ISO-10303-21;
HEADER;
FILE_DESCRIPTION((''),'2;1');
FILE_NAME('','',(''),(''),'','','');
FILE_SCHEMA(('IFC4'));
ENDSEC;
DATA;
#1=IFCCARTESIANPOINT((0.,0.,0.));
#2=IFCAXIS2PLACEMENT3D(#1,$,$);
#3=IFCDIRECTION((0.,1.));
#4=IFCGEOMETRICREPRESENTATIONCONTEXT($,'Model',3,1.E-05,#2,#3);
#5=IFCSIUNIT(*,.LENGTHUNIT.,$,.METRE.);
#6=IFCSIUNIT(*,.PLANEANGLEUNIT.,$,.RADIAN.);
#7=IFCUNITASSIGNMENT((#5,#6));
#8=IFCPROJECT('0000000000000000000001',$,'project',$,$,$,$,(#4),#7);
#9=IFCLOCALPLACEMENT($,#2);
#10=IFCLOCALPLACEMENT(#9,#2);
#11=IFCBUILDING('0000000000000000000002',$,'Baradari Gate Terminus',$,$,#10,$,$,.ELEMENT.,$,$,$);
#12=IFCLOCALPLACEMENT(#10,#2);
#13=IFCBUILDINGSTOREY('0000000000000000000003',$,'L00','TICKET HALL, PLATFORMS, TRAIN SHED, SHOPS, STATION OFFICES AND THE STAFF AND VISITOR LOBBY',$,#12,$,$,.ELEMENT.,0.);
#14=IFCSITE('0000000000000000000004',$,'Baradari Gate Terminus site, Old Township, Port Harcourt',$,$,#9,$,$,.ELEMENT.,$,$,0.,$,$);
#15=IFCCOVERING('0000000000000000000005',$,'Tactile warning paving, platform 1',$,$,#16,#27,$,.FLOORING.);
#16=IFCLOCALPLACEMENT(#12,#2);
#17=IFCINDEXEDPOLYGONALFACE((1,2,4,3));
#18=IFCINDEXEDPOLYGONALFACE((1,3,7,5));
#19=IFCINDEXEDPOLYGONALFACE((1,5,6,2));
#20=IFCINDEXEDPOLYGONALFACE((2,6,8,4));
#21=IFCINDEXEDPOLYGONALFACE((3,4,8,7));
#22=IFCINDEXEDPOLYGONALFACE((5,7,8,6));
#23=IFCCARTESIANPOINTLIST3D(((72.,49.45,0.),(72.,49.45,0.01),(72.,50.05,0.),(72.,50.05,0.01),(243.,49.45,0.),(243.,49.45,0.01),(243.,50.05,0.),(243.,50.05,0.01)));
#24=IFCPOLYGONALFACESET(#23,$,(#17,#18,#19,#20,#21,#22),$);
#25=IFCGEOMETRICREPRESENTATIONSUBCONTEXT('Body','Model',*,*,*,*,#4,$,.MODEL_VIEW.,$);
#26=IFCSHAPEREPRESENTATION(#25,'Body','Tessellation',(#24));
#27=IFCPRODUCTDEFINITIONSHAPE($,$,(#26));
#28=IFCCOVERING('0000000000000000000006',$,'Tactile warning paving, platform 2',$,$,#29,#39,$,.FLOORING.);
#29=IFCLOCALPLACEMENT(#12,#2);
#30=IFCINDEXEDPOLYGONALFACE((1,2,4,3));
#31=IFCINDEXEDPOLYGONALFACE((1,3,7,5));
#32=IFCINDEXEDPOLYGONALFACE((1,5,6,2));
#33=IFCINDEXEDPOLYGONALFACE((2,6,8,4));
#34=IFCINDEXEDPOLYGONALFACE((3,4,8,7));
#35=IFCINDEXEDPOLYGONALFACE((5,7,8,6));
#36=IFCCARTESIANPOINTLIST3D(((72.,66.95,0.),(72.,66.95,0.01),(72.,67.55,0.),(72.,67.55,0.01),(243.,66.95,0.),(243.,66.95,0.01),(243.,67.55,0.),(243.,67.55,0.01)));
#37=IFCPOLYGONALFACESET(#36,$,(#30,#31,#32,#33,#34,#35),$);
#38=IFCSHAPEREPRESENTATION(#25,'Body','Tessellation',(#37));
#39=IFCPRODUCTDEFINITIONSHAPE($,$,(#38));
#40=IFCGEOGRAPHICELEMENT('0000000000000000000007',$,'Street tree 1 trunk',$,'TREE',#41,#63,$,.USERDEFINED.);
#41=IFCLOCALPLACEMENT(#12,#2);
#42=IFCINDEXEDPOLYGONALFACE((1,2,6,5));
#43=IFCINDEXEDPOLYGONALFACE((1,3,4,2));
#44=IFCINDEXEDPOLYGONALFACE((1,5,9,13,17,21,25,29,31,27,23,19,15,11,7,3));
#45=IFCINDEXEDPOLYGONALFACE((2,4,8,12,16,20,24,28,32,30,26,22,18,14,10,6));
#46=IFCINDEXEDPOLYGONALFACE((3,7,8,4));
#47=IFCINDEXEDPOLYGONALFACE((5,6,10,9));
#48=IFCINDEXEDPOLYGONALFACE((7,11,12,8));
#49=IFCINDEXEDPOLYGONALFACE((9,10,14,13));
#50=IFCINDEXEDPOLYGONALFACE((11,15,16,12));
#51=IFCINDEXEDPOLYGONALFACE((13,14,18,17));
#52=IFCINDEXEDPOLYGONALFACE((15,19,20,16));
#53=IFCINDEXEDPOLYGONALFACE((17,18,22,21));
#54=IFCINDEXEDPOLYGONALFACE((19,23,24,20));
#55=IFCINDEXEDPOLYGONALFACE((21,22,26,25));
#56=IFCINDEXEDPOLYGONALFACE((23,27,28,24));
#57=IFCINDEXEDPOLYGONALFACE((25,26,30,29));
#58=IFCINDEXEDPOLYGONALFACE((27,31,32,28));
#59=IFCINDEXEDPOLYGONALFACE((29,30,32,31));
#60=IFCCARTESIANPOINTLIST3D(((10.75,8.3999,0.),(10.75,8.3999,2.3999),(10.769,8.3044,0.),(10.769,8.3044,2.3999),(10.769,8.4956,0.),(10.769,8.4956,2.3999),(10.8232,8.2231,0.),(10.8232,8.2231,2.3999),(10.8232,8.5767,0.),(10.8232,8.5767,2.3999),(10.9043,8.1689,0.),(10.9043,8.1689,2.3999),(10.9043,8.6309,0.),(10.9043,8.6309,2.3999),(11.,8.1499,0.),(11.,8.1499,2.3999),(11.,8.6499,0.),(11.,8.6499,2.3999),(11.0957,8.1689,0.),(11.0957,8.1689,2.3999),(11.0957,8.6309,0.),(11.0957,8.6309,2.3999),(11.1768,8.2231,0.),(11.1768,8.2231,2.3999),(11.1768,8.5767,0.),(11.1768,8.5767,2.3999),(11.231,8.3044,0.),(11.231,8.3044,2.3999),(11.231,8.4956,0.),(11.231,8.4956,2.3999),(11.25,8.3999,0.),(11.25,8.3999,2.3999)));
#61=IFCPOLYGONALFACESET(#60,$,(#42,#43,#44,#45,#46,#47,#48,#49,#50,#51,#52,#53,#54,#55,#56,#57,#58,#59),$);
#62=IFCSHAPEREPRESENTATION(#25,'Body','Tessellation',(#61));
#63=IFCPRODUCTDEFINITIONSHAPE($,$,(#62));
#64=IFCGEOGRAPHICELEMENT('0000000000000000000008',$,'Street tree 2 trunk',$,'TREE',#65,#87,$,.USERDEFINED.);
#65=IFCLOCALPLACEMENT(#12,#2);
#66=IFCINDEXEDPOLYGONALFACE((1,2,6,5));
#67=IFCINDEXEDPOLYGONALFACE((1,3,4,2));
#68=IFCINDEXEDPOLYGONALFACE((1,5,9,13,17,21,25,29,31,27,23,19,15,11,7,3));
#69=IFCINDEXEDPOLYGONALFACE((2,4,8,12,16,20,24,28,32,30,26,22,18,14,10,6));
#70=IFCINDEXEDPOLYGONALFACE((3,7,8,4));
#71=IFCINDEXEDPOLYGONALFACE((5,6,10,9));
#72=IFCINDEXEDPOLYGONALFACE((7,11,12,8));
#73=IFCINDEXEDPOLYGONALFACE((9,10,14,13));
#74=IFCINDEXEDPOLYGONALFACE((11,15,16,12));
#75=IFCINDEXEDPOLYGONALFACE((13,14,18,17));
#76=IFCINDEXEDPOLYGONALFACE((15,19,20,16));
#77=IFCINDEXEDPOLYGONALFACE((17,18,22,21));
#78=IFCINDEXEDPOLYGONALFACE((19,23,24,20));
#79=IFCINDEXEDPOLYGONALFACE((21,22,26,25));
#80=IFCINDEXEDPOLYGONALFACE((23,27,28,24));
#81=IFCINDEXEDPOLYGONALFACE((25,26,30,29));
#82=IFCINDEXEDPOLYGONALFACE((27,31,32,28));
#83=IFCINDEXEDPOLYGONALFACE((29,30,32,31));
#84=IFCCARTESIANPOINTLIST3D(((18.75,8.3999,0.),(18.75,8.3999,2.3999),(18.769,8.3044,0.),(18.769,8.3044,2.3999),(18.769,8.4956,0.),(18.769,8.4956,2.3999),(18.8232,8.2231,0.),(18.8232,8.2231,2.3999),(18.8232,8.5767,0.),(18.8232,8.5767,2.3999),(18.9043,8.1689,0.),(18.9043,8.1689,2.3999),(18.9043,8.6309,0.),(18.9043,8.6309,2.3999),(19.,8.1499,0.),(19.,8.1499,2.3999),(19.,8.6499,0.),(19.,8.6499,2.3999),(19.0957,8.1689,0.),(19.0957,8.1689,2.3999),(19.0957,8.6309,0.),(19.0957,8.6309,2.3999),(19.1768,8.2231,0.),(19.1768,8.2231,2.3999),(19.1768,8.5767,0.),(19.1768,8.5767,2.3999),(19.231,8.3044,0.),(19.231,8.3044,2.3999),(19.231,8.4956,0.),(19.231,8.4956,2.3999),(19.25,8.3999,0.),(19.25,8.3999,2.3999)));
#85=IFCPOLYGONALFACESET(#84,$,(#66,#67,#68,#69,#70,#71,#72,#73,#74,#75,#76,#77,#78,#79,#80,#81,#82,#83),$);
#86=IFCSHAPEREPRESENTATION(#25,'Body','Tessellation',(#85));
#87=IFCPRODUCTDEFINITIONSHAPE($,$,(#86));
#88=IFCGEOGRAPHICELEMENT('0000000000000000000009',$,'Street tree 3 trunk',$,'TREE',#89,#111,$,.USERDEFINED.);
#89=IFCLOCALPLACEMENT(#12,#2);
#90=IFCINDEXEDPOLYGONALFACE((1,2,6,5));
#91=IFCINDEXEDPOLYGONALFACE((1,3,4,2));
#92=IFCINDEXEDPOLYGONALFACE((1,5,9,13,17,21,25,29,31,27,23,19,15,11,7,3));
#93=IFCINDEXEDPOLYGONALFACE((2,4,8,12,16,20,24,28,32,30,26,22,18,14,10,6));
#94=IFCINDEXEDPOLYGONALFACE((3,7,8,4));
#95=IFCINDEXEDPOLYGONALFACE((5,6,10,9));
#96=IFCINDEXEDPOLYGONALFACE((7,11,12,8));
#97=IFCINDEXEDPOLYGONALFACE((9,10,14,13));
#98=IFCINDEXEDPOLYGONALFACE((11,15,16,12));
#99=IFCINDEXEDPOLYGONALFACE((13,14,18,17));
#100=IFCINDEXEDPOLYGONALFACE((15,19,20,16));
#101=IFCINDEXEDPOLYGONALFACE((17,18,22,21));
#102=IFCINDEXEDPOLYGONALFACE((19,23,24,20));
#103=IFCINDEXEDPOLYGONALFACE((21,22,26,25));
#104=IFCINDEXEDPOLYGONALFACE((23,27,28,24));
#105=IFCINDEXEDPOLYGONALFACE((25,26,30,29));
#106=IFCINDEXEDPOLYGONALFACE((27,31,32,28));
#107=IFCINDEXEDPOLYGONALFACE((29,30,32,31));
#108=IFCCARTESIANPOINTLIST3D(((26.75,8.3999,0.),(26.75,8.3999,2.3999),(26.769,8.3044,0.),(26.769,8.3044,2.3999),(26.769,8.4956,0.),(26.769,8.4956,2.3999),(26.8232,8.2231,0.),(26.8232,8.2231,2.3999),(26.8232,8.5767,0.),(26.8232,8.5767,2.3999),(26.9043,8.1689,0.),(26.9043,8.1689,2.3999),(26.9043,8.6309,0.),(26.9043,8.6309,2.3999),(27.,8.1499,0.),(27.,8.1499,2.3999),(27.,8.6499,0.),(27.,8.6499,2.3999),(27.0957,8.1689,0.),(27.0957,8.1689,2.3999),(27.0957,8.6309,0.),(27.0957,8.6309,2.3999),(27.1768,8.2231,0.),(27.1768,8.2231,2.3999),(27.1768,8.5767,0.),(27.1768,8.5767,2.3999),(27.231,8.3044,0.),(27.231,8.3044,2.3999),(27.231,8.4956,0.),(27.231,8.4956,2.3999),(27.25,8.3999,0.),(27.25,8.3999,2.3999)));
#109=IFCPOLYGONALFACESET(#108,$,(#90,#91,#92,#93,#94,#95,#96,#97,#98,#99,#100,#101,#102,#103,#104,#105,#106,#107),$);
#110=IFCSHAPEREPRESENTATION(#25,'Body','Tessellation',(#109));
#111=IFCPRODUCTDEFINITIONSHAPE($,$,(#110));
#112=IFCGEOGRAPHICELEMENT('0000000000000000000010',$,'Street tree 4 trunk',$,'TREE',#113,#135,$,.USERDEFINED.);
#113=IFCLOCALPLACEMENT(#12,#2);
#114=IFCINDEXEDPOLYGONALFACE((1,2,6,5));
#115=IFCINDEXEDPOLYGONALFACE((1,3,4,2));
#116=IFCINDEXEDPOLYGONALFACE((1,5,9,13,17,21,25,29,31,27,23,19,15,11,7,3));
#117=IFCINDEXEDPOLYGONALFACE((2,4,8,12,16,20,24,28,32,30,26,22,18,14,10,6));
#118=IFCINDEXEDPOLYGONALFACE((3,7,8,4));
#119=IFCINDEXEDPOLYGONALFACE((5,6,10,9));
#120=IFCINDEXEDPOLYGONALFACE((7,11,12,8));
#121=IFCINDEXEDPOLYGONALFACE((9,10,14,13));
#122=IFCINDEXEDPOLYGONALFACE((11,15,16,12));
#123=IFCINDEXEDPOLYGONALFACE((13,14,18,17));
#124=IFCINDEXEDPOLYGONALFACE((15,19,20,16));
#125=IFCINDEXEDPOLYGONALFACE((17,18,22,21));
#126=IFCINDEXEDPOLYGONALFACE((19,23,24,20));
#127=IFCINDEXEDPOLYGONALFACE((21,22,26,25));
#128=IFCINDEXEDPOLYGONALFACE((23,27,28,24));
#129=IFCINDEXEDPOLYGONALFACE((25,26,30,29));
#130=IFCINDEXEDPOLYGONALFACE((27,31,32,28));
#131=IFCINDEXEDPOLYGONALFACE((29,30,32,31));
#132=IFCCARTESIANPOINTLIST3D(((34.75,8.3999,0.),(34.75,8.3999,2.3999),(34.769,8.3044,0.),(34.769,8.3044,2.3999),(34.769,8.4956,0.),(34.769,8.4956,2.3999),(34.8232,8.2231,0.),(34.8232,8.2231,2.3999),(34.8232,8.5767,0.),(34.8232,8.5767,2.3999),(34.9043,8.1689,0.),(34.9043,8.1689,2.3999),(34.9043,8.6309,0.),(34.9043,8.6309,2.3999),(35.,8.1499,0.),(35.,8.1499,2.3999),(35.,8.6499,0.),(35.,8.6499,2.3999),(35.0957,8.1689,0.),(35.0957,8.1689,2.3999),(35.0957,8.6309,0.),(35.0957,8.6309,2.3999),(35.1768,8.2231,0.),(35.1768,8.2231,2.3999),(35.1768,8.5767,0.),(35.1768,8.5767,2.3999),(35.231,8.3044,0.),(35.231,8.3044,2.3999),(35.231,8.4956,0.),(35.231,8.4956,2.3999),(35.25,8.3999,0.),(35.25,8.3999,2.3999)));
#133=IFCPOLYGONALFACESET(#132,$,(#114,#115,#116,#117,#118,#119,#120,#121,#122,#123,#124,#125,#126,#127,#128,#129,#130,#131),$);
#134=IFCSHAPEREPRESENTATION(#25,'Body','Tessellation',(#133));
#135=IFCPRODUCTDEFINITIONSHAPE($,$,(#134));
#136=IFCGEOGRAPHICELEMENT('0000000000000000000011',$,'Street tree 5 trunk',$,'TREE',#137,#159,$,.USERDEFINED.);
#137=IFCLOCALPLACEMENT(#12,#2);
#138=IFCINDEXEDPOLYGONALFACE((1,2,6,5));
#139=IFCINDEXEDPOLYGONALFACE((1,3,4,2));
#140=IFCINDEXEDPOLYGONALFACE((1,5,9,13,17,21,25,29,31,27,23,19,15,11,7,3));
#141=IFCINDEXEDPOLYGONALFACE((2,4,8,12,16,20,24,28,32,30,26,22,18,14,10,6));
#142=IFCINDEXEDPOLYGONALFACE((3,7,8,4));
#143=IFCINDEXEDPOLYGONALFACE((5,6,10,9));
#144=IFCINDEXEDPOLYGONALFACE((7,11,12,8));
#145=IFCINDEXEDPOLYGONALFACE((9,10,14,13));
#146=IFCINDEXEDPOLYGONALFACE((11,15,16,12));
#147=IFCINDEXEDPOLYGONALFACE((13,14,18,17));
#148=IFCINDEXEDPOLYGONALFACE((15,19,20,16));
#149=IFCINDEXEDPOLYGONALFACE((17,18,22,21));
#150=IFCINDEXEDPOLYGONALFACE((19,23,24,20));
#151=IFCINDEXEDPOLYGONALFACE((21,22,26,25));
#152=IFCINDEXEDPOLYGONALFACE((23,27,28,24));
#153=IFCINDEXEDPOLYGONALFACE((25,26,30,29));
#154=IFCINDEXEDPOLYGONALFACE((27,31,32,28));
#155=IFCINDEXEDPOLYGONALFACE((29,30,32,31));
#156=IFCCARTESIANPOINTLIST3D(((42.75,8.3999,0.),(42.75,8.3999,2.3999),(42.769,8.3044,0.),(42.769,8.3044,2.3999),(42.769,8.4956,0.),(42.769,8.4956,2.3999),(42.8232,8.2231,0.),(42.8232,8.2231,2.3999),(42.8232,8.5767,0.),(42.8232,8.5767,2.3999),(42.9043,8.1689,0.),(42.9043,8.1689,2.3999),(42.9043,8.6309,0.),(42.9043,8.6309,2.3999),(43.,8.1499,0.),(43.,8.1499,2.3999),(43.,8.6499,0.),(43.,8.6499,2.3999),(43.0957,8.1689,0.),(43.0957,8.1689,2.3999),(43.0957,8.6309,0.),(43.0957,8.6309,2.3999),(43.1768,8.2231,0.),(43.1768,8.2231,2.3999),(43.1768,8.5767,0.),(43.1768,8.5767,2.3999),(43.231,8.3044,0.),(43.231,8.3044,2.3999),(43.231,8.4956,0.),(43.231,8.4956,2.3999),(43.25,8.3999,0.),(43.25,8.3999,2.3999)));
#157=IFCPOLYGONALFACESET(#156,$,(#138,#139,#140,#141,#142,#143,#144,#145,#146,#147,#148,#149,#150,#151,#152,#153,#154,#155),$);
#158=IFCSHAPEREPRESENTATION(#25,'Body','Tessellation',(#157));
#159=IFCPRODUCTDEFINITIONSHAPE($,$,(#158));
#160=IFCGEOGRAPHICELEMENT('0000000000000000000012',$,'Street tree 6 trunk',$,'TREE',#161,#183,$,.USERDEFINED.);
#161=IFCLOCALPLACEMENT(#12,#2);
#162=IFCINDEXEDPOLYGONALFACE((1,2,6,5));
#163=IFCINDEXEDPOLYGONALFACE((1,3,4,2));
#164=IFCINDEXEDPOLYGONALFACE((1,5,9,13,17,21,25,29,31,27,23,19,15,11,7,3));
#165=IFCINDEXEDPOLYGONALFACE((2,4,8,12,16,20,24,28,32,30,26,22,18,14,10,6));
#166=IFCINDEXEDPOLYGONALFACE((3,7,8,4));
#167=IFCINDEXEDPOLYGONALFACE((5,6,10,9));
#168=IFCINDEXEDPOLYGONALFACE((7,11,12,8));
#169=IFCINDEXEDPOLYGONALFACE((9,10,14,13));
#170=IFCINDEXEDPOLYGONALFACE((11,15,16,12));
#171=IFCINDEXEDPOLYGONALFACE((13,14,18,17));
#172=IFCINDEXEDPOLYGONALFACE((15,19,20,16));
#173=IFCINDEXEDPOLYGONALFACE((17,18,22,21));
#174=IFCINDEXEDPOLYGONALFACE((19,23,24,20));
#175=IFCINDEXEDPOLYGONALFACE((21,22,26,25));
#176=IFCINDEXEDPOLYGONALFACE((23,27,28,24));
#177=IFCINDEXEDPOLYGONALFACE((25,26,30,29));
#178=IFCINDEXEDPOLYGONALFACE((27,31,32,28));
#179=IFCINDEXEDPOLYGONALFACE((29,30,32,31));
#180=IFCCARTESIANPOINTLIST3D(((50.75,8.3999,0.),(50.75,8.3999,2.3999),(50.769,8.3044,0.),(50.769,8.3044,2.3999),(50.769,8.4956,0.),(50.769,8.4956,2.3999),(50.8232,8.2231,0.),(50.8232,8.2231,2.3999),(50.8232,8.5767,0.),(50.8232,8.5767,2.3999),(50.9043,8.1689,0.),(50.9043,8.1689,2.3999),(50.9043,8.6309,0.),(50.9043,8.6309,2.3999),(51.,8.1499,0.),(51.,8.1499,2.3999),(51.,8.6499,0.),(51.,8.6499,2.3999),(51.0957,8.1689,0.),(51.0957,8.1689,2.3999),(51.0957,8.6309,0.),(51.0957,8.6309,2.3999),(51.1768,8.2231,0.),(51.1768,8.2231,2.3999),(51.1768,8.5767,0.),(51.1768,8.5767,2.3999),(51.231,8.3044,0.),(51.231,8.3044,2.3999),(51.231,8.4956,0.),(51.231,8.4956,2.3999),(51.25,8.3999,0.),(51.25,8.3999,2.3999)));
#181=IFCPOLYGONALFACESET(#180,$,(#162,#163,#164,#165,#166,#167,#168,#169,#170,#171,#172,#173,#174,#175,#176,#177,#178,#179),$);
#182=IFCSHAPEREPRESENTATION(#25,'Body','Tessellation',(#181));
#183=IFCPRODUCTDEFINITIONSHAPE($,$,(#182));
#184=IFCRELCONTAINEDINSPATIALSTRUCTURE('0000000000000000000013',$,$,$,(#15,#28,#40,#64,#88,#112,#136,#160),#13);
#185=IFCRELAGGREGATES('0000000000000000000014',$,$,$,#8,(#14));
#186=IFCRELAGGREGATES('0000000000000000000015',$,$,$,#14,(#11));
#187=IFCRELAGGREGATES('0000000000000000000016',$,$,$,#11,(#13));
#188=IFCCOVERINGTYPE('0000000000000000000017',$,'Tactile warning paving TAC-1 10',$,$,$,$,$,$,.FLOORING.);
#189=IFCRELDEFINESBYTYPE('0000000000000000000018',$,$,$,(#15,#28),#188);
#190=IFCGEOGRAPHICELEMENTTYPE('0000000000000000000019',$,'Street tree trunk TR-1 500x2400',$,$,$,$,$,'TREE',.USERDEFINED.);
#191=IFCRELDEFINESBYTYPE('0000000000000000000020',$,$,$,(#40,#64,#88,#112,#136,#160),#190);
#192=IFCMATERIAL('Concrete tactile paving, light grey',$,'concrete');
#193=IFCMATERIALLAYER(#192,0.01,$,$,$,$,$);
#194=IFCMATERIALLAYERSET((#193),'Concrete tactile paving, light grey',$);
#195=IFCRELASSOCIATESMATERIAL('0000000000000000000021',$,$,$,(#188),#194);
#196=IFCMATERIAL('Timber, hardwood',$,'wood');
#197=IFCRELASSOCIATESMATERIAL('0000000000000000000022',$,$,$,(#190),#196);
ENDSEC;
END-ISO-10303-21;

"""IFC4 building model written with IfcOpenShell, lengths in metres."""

from ifc_helpers import new_model, si_unit, direction, origin, place, context, subcontext, project, spatial, polyline, outline, extrude, material, layer, layer_set, type_object, element, save


model = new_model("IFC4")

# Units and contexts
model_context = context("Model", 3, precision=1e-05, world=origin(), true_north=direction((0.0, 1.0)))
body_context = subcontext(model_context, "Body", "Model", "MODEL_VIEW")
ifc_project = project(units=[si_unit("LENGTHUNIT", "METRE"), si_unit("PLANEANGLEUNIT", "RADIAN")], contexts=[model_context])

# Site, building, storey
site_placement = place(None, origin())
site = spatial("IfcSite", under=ifc_project, at=site_placement, Name="Baradari Gate Terminus site, Old Township, Port Harcourt", CompositionType="ELEMENT", RefElevation=0.0)
building_placement = place(site_placement, origin())
building = spatial("IfcBuilding", under=site, at=building_placement, Name="Baradari Gate Terminus", CompositionType="ELEMENT")
storey_placement = place(building_placement, origin())
storey = spatial("IfcBuildingStorey", under=building, at=storey_placement, Name="L00", Description="TICKET HALL, PLATFORMS, TRAIN SHED, SHOPS, STATION OFFICES AND THE STAFF AND VISITOR LOBBY", CompositionType="ELEMENT", Elevation=0.0)

# Coverings
ifc_material_1 = material(Name="Concrete tactile paving, light grey", Category="concrete")
ifc_layer_1 = layer(ifc_material_1, 0.01)
ifc_layer_set_1 = layer_set([ifc_layer_1], Name="Concrete tactile paving, light grey")
covering_type_1 = type_object("IfcCoveringType", Name="Tactile warning paving TAC-1 10", PredefinedType="FLOORING", material=ifc_layer_set_1)
covering_1_placement = place(storey_placement, origin())
element("IfcCovering", 1, at=covering_1_placement, inside=storey, type_object=covering_type_1, Name="Tactile warning paving, platform 1", PredefinedType="FLOORING", context=body_context, shape_type="SweptSolid", body=[
    extrude(outline(polyline([(243.0, 49.45), (243.0, 50.05), (72.0, 50.05), (72.0, 49.45), (243.0, 49.45)])), origin(), (0.0, 0.0, 1.0), 0.01),
])
covering_2_placement = place(storey_placement, origin())
element("IfcCovering", 2, at=covering_2_placement, inside=storey, type_object=covering_type_1, Name="Tactile warning paving, platform 2", PredefinedType="FLOORING", context=body_context, shape_type="SweptSolid", body=[
    extrude(outline(polyline([(243.0, 66.95), (243.0, 67.55), (72.0, 67.55), (72.0, 66.95), (243.0, 66.95)])), origin(), (0.0, 0.0, 1.0), 0.01),
])

# Geographic elements
ifc_material_2 = material(Name="Timber, hardwood", Category="wood")
geographic_element_type = type_object("IfcGeographicElementType", Name="Street tree trunk TR-1 500x2400", ElementType="TREE", PredefinedType="USERDEFINED", material=ifc_material_2)
geographic_element_1_placement = place(storey_placement, origin())
element("IfcGeographicElement", 3, at=geographic_element_1_placement, inside=storey, type_object=geographic_element_type, Name="Street tree 1 trunk", ObjectType="TREE", PredefinedType="USERDEFINED", context=body_context, shape_type="SweptSolid", body=[
    extrude(outline(polyline([(11.25, 8.3999), (11.231, 8.4956), (11.1768, 8.5767), (11.0957, 8.6309), (11.0, 8.6499), (10.9043, 8.6309), (10.8232, 8.5767), (10.769, 8.4956), (10.75, 8.3999), (10.769, 8.3044), (10.8232, 8.2231), (10.9043, 8.1689), (11.0, 8.1499), (11.0957, 8.1689), (11.1768, 8.2231), (11.231, 8.3044), (11.25, 8.3999)])), origin(), (0.0, 0.0, 1.0), 2.3999),
])
geographic_element_2_placement = place(storey_placement, origin())
element("IfcGeographicElement", 4, at=geographic_element_2_placement, inside=storey, type_object=geographic_element_type, Name="Street tree 2 trunk", ObjectType="TREE", PredefinedType="USERDEFINED", context=body_context, shape_type="SweptSolid", body=[
    extrude(outline(polyline([(19.25, 8.3999), (19.231, 8.4956), (19.1768, 8.5767), (19.0957, 8.6309), (19.0, 8.6499), (18.9043, 8.6309), (18.8232, 8.5767), (18.769, 8.4956), (18.75, 8.3999), (18.769, 8.3044), (18.8232, 8.2231), (18.9043, 8.1689), (19.0, 8.1499), (19.0957, 8.1689), (19.1768, 8.2231), (19.231, 8.3044), (19.25, 8.3999)])), origin(), (0.0, 0.0, 1.0), 2.3999),
])
geographic_element_3_placement = place(storey_placement, origin())
element("IfcGeographicElement", 5, at=geographic_element_3_placement, inside=storey, type_object=geographic_element_type, Name="Street tree 3 trunk", ObjectType="TREE", PredefinedType="USERDEFINED", context=body_context, shape_type="SweptSolid", body=[
    extrude(outline(polyline([(27.25, 8.3999), (27.231, 8.4956), (27.1768, 8.5767), (27.0957, 8.6309), (27.0, 8.6499), (26.9043, 8.6309), (26.8232, 8.5767), (26.769, 8.4956), (26.75, 8.3999), (26.769, 8.3044), (26.8232, 8.2231), (26.9043, 8.1689), (27.0, 8.1499), (27.0957, 8.1689), (27.1768, 8.2231), (27.231, 8.3044), (27.25, 8.3999)])), origin(), (0.0, 0.0, 1.0), 2.3999),
])
geographic_element_4_placement = place(storey_placement, origin())
element("IfcGeographicElement", 6, at=geographic_element_4_placement, inside=storey, type_object=geographic_element_type, Name="Street tree 4 trunk", ObjectType="TREE", PredefinedType="USERDEFINED", context=body_context, shape_type="SweptSolid", body=[
    extrude(outline(polyline([(35.25, 8.3999), (35.231, 8.4956), (35.1768, 8.5767), (35.0957, 8.6309), (35.0, 8.6499), (34.9043, 8.6309), (34.8232, 8.5767), (34.769, 8.4956), (34.75, 8.3999), (34.769, 8.3044), (34.8232, 8.2231), (34.9043, 8.1689), (35.0, 8.1499), (35.0957, 8.1689), (35.1768, 8.2231), (35.231, 8.3044), (35.25, 8.3999)])), origin(), (0.0, 0.0, 1.0), 2.3999),
])
geographic_element_5_placement = place(storey_placement, origin())
element("IfcGeographicElement", 7, at=geographic_element_5_placement, inside=storey, type_object=geographic_element_type, Name="Street tree 5 trunk", ObjectType="TREE", PredefinedType="USERDEFINED", context=body_context, shape_type="SweptSolid", body=[
    extrude(outline(polyline([(43.25, 8.3999), (43.231, 8.4956), (43.1768, 8.5767), (43.0957, 8.6309), (43.0, 8.6499), (42.9043, 8.6309), (42.8232, 8.5767), (42.769, 8.4956), (42.75, 8.3999), (42.769, 8.3044), (42.8232, 8.2231), (42.9043, 8.1689), (43.0, 8.1499), (43.0957, 8.1689), (43.1768, 8.2231), (43.231, 8.3044), (43.25, 8.3999)])), origin(), (0.0, 0.0, 1.0), 2.3999),
])
geographic_element_6_placement = place(storey_placement, origin())
element("IfcGeographicElement", 8, at=geographic_element_6_placement, inside=storey, type_object=geographic_element_type, Name="Street tree 6 trunk", ObjectType="TREE", PredefinedType="USERDEFINED", context=body_context, shape_type="SweptSolid", body=[
    extrude(outline(polyline([(51.25, 8.3999), (51.231, 8.4956), (51.1768, 8.5767), (51.0957, 8.6309), (51.0, 8.6499), (50.9043, 8.6309), (50.8232, 8.5767), (50.769, 8.4956), (50.75, 8.3999), (50.769, 8.3044), (50.8232, 8.2231), (50.9043, 8.1689), (51.0, 8.1499), (51.0957, 8.1689), (51.1768, 8.2231), (51.231, 8.3044), (51.25, 8.3999)])), origin(), (0.0, 0.0, 1.0), 2.3999),
])

save(model, "model.ifc")
